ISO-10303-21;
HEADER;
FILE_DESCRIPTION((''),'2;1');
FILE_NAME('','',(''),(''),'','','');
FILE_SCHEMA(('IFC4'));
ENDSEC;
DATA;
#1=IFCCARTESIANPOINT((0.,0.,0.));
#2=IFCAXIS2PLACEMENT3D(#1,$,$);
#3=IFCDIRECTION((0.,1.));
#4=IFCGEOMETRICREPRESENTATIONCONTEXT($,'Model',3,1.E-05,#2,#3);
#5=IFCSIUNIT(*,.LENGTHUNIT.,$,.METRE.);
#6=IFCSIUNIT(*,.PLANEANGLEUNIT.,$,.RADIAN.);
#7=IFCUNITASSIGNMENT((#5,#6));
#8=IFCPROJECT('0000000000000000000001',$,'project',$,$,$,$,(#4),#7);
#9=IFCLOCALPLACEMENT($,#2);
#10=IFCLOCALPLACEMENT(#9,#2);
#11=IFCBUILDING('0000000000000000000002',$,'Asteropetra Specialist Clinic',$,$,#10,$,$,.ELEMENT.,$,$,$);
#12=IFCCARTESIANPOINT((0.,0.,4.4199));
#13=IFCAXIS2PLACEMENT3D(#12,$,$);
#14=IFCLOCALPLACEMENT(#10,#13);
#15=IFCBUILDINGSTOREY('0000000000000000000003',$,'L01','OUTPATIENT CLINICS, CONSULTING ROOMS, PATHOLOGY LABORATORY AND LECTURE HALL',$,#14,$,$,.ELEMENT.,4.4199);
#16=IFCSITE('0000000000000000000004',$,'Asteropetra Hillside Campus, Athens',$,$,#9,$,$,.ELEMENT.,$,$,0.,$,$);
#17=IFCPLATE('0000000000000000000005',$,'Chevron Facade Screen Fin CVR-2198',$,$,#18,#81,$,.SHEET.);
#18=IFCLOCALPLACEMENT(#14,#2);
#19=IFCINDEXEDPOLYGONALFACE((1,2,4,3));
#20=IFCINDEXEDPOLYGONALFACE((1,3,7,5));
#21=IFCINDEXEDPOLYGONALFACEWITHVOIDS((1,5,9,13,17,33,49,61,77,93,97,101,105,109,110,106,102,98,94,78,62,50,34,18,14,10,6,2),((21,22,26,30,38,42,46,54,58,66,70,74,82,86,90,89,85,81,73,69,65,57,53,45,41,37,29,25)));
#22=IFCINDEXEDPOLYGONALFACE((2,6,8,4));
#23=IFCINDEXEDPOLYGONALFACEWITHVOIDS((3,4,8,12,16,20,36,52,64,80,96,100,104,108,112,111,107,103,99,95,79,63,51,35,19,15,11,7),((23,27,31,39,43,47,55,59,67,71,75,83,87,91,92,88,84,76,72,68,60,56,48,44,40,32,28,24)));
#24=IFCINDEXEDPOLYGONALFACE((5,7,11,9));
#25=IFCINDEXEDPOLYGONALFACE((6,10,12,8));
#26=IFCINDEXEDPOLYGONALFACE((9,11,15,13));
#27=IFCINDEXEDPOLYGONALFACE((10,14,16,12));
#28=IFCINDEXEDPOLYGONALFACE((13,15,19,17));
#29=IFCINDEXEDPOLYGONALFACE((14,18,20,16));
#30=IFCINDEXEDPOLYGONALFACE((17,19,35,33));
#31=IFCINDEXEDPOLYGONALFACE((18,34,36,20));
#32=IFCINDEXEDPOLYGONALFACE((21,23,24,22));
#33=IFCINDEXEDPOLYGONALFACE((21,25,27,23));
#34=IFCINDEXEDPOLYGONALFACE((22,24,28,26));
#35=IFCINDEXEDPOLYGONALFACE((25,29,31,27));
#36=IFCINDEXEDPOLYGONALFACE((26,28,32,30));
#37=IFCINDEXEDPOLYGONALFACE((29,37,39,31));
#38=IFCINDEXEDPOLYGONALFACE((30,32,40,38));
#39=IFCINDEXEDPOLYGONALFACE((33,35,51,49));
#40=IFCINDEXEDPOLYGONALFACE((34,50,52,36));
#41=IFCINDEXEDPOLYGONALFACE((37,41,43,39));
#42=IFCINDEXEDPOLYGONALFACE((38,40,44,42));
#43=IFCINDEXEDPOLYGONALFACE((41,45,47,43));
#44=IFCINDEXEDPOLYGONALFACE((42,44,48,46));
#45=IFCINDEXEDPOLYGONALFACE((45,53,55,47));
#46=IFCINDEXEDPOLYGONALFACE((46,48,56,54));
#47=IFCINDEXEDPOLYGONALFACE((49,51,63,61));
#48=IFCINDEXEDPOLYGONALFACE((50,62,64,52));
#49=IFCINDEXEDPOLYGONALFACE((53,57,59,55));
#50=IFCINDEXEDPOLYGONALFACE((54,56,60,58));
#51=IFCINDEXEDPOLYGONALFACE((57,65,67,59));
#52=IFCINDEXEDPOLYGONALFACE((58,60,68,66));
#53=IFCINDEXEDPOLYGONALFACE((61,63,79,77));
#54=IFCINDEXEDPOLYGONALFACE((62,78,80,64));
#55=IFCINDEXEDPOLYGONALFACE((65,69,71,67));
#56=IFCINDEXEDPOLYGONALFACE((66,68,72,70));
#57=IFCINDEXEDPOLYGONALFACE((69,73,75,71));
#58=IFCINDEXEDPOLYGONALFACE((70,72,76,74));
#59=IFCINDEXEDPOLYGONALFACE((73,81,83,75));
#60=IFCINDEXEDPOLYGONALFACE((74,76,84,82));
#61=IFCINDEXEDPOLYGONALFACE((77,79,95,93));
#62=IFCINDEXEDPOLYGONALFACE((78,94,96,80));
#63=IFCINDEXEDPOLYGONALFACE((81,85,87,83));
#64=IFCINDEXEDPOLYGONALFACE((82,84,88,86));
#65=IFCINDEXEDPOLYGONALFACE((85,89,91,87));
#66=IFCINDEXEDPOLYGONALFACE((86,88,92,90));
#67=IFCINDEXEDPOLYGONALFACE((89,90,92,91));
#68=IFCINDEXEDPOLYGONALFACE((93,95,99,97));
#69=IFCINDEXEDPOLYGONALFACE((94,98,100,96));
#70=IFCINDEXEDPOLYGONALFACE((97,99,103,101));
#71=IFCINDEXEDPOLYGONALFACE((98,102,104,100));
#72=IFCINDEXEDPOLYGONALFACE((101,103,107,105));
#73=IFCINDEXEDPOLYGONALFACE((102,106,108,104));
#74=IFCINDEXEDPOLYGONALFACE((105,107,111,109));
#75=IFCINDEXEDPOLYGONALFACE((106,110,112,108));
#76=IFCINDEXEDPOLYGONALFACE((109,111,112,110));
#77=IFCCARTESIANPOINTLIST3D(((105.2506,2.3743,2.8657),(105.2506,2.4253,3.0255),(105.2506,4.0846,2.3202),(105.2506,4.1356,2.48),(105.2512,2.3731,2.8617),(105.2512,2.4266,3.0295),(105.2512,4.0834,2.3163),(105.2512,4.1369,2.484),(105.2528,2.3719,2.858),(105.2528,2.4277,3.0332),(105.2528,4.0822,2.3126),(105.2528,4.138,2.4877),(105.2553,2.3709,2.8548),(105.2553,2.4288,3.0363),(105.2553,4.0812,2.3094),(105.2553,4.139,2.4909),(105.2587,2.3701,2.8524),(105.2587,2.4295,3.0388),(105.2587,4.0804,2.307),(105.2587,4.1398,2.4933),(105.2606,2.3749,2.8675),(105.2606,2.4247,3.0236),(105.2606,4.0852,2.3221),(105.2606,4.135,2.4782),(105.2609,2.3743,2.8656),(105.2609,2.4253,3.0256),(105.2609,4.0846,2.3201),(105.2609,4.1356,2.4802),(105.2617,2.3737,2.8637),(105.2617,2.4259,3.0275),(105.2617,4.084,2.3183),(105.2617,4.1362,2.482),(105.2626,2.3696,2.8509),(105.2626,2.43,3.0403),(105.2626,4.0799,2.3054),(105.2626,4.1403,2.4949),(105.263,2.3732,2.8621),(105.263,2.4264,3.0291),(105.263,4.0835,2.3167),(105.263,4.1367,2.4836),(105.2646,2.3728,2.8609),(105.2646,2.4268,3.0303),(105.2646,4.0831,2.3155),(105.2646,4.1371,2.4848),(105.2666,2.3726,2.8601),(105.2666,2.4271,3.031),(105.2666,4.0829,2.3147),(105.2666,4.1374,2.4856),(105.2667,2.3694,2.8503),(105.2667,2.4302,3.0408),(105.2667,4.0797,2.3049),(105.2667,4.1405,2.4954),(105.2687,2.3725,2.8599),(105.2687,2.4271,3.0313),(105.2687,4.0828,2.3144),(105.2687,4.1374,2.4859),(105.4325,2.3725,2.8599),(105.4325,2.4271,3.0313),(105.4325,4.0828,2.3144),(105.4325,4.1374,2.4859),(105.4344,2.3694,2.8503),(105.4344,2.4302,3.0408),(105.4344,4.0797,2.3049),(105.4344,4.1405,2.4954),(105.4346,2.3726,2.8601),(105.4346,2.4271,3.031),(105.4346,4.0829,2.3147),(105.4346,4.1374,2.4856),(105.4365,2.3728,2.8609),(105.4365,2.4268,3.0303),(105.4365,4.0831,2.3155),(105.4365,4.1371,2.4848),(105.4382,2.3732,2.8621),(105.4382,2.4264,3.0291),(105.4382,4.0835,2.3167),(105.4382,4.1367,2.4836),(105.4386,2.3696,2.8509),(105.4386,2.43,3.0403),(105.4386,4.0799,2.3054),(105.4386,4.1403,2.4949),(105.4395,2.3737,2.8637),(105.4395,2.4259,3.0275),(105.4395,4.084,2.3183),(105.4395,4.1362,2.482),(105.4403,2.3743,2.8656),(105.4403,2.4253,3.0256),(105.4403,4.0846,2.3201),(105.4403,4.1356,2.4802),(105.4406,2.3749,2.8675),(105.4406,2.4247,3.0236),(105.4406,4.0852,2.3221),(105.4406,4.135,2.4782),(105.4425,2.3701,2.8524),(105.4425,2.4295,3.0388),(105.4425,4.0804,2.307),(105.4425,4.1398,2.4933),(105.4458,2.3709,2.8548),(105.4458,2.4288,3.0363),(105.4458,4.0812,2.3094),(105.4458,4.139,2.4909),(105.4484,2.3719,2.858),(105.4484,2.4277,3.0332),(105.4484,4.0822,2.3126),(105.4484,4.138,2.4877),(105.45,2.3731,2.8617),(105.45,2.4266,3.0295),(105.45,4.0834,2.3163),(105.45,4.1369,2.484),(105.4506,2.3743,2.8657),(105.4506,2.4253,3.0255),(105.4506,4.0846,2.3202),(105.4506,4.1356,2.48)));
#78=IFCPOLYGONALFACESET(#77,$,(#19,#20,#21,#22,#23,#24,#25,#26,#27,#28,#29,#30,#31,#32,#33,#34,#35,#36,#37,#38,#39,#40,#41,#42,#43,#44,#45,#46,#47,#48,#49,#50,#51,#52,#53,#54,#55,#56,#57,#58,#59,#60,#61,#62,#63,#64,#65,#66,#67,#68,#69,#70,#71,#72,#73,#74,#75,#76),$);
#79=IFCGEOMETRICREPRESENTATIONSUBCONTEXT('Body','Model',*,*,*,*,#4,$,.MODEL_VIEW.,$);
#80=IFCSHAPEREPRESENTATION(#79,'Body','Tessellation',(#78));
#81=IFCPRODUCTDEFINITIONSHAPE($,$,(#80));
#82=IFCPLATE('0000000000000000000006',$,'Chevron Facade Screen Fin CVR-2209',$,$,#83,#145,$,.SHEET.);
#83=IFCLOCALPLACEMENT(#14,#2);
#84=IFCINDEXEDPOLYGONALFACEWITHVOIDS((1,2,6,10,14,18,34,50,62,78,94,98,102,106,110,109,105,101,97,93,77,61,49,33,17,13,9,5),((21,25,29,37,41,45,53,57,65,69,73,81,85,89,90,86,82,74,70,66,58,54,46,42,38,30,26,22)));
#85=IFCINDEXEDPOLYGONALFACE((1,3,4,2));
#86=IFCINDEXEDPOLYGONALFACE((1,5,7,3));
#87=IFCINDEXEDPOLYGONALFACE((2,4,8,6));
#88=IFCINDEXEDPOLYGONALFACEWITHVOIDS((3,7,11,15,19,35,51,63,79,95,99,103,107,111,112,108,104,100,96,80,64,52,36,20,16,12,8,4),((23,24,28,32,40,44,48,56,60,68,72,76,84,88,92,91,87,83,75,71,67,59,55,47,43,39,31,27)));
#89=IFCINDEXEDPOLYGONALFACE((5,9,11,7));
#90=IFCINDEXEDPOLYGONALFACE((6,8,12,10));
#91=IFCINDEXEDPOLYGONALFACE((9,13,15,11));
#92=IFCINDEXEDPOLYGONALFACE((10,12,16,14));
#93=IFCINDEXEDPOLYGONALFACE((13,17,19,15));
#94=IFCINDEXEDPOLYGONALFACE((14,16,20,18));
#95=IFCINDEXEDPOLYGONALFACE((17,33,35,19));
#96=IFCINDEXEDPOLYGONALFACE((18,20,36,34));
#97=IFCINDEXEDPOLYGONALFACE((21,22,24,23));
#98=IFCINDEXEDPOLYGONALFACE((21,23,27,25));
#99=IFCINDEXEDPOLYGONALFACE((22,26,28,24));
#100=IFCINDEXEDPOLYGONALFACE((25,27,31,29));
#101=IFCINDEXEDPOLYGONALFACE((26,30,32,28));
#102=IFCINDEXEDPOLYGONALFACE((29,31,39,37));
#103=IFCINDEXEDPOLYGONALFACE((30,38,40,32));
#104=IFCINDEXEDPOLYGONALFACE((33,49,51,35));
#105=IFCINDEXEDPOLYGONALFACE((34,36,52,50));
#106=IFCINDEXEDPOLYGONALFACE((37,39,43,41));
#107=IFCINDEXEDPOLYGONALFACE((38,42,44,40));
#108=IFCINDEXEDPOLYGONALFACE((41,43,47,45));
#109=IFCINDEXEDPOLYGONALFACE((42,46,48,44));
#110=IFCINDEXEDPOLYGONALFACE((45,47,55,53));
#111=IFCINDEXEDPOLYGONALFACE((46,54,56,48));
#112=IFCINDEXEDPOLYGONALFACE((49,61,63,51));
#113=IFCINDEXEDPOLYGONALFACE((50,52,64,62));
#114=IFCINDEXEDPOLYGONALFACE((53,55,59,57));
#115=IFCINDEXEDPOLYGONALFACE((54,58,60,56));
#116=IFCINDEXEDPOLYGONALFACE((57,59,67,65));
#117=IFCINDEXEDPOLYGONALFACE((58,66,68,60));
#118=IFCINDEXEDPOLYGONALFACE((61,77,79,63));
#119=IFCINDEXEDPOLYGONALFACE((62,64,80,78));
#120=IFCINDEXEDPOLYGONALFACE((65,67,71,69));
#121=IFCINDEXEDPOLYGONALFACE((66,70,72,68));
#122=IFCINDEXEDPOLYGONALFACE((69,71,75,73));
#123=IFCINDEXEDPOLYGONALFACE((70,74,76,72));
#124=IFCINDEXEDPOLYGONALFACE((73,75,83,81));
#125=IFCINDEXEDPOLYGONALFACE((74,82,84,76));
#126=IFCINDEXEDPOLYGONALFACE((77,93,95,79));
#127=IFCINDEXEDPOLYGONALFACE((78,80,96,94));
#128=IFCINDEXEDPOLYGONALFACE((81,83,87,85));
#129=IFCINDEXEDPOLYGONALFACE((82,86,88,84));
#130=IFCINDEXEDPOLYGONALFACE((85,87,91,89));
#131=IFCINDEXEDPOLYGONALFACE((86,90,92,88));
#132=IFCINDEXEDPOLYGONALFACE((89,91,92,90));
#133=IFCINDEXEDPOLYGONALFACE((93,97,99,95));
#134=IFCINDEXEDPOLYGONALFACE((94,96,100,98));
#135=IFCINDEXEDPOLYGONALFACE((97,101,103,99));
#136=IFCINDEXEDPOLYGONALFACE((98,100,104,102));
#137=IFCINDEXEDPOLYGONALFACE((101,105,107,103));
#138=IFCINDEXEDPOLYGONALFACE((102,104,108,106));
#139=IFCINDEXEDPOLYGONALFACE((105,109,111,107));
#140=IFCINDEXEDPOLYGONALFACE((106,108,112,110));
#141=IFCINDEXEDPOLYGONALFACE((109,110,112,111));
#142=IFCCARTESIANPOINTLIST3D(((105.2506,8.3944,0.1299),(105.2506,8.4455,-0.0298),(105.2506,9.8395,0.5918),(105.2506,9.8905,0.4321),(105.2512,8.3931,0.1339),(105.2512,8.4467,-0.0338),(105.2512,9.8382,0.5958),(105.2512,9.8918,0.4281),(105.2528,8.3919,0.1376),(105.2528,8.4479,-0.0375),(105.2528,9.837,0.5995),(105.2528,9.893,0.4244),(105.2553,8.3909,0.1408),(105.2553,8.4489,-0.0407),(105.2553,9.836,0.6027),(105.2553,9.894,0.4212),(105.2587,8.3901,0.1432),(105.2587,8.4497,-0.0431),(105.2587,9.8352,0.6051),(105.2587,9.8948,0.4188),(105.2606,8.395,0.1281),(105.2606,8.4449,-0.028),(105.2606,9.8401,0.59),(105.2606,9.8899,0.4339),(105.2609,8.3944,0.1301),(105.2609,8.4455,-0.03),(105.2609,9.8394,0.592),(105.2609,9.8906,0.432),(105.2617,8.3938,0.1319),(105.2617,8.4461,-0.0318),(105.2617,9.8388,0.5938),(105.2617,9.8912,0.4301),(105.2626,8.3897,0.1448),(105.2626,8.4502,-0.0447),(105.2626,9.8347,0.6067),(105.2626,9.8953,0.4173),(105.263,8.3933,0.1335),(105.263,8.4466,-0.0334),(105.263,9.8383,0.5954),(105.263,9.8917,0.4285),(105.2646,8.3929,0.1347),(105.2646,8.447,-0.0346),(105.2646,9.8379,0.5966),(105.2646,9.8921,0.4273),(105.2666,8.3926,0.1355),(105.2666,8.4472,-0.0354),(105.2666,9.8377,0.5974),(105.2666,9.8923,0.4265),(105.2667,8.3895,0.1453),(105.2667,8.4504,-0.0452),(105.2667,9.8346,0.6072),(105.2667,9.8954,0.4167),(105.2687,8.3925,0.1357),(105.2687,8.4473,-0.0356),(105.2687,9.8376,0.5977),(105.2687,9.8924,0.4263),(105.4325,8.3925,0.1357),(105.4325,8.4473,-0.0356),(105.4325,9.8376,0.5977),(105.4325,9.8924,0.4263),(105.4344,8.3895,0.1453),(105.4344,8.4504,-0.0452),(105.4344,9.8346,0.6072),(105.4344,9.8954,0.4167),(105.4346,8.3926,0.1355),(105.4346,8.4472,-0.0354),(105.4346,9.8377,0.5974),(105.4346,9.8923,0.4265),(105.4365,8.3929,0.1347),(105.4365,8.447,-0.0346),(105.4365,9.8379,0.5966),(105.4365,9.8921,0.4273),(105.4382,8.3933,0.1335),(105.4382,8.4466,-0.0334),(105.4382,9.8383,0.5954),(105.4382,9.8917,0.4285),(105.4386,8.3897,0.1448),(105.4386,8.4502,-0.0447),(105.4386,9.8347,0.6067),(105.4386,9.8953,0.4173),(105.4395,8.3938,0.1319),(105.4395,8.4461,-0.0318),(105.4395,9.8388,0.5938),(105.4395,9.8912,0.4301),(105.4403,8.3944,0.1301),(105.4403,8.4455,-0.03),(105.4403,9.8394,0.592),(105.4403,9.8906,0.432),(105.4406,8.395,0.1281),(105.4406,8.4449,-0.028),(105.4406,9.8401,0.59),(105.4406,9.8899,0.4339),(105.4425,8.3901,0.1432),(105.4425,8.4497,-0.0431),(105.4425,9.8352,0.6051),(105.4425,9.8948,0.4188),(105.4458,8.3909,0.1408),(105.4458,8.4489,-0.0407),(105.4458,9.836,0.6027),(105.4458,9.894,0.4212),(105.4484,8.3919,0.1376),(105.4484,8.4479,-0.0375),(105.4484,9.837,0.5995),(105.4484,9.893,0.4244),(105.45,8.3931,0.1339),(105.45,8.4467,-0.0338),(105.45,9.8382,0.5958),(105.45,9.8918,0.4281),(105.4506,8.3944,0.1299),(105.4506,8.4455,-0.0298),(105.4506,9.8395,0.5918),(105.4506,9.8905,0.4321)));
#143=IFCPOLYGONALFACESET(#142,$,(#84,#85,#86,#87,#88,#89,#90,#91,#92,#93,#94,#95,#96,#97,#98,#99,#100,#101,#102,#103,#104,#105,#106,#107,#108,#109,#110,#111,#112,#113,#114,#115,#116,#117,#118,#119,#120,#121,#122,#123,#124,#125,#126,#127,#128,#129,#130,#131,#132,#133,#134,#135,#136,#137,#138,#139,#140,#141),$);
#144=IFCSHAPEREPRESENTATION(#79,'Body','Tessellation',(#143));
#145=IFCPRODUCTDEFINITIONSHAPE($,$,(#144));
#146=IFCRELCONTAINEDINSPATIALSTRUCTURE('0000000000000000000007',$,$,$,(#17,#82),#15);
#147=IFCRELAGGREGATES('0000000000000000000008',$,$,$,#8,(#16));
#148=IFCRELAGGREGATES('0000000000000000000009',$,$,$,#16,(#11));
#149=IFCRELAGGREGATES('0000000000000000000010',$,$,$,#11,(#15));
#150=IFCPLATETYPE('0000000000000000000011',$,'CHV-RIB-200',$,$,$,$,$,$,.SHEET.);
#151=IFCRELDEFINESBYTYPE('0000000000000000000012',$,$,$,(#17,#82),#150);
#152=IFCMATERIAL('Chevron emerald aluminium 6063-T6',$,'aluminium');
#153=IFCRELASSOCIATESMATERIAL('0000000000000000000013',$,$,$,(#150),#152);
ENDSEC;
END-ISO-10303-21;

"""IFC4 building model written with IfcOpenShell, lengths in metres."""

from ifc_helpers import new_model, si_unit, direction, frame, origin, origin_2d, place, context, subcontext, project, spatial, hollow_rectangle, extrude, material, material_profile, profile_set, type_object, element, save


model = new_model("IFC4")

# Units and contexts
model_context = context("Model", 3, precision=1e-05, world=origin(), true_north=direction((0.0, 1.0)))
body_context = subcontext(model_context, "Body", "Model", "MODEL_VIEW")
ifc_project = project(units=[si_unit("LENGTHUNIT", "METRE"), si_unit("PLANEANGLEUNIT", "RADIAN")], contexts=[model_context])

# Site, building, storey
site_placement = place(None, origin())
site = spatial("IfcSite", under=ifc_project, at=site_placement, Name="Asteropetra Hillside Campus, Athens", CompositionType="ELEMENT", RefElevation=0.0)
building_placement = place(site_placement, origin())
building = spatial("IfcBuilding", under=site, at=building_placement, Name="Asteropetra Specialist Clinic", CompositionType="ELEMENT")
storey_placement = place(building_placement, frame((0.0, 0.0, 4.4199)))
storey = spatial("IfcBuildingStorey", under=building, at=storey_placement, Name="L01", Description="OUTPATIENT CLINICS, CONSULTING ROOMS, PATHOLOGY LABORATORY AND LECTURE HALL", CompositionType="ELEMENT", Elevation=4.4199)

# Plates
ifc_material_1 = material(Name="Chevron emerald aluminium 6063-T6", Category="aluminium")
ifc_material_profile = material_profile(ifc_material_1, hollow_rectangle(XDim=0.2, YDim=0.2, WallThickness=0.01, InnerFilletRadius=0.0081, OuterFilletRadius=0.0161, at=origin_2d()), Name="SHS 200x200x10.0")
ifc_profile_set = profile_set([ifc_material_profile], Name="Chevron emerald aluminium 6063-T6")
plate_type = type_object("IfcPlateType", Name="CHV-RIB-200", PredefinedType="SHEET", material=ifc_profile_set)
for number, where, z_axis, x_axis, name in (
    (1, (105.3506, 4.1101, 2.4001), (0.0, -0.952724, 0.303838), (1.0, 0.0, 0.0), "Chevron Facade Screen Fin CVR-2198"),
):
    element("IfcPlate", number, at=place(storey_placement, frame(where, z_axis=z_axis, x_axis=x_axis)), inside=storey, type_object=plate_type, Name=name, PredefinedType="SHEET", context=body_context, shape_type="SweptSolid", body=[
        extrude(hollow_rectangle(XDim=0.2, YDim=0.2, WallThickness=0.01, InnerFilletRadius=0.0081, OuterFilletRadius=0.0161, at=origin_2d()), origin(), (0.0, 0.0, 1.0), 1.7952),
    ])
for number, where, z_axis, x_axis, name in (
    (2, (105.3506, 9.865, 0.512), (0.0, -0.952521, -0.304472), (1.0, 0.0, 0.0), "Chevron Facade Screen Fin CVR-2209"),
):
    element("IfcPlate", number, at=place(storey_placement, frame(where, z_axis=z_axis, x_axis=x_axis)), inside=storey, type_object=plate_type, Name=name, PredefinedType="SHEET", context=body_context, shape_type="SweptSolid", body=[
        extrude(hollow_rectangle(XDim=0.2, YDim=0.2, WallThickness=0.01, InnerFilletRadius=0.0081, OuterFilletRadius=0.0161, at=origin_2d()), origin(), (0.0, 0.0, 1.0), 1.5171),
    ])

save(model, "model.ifc")
